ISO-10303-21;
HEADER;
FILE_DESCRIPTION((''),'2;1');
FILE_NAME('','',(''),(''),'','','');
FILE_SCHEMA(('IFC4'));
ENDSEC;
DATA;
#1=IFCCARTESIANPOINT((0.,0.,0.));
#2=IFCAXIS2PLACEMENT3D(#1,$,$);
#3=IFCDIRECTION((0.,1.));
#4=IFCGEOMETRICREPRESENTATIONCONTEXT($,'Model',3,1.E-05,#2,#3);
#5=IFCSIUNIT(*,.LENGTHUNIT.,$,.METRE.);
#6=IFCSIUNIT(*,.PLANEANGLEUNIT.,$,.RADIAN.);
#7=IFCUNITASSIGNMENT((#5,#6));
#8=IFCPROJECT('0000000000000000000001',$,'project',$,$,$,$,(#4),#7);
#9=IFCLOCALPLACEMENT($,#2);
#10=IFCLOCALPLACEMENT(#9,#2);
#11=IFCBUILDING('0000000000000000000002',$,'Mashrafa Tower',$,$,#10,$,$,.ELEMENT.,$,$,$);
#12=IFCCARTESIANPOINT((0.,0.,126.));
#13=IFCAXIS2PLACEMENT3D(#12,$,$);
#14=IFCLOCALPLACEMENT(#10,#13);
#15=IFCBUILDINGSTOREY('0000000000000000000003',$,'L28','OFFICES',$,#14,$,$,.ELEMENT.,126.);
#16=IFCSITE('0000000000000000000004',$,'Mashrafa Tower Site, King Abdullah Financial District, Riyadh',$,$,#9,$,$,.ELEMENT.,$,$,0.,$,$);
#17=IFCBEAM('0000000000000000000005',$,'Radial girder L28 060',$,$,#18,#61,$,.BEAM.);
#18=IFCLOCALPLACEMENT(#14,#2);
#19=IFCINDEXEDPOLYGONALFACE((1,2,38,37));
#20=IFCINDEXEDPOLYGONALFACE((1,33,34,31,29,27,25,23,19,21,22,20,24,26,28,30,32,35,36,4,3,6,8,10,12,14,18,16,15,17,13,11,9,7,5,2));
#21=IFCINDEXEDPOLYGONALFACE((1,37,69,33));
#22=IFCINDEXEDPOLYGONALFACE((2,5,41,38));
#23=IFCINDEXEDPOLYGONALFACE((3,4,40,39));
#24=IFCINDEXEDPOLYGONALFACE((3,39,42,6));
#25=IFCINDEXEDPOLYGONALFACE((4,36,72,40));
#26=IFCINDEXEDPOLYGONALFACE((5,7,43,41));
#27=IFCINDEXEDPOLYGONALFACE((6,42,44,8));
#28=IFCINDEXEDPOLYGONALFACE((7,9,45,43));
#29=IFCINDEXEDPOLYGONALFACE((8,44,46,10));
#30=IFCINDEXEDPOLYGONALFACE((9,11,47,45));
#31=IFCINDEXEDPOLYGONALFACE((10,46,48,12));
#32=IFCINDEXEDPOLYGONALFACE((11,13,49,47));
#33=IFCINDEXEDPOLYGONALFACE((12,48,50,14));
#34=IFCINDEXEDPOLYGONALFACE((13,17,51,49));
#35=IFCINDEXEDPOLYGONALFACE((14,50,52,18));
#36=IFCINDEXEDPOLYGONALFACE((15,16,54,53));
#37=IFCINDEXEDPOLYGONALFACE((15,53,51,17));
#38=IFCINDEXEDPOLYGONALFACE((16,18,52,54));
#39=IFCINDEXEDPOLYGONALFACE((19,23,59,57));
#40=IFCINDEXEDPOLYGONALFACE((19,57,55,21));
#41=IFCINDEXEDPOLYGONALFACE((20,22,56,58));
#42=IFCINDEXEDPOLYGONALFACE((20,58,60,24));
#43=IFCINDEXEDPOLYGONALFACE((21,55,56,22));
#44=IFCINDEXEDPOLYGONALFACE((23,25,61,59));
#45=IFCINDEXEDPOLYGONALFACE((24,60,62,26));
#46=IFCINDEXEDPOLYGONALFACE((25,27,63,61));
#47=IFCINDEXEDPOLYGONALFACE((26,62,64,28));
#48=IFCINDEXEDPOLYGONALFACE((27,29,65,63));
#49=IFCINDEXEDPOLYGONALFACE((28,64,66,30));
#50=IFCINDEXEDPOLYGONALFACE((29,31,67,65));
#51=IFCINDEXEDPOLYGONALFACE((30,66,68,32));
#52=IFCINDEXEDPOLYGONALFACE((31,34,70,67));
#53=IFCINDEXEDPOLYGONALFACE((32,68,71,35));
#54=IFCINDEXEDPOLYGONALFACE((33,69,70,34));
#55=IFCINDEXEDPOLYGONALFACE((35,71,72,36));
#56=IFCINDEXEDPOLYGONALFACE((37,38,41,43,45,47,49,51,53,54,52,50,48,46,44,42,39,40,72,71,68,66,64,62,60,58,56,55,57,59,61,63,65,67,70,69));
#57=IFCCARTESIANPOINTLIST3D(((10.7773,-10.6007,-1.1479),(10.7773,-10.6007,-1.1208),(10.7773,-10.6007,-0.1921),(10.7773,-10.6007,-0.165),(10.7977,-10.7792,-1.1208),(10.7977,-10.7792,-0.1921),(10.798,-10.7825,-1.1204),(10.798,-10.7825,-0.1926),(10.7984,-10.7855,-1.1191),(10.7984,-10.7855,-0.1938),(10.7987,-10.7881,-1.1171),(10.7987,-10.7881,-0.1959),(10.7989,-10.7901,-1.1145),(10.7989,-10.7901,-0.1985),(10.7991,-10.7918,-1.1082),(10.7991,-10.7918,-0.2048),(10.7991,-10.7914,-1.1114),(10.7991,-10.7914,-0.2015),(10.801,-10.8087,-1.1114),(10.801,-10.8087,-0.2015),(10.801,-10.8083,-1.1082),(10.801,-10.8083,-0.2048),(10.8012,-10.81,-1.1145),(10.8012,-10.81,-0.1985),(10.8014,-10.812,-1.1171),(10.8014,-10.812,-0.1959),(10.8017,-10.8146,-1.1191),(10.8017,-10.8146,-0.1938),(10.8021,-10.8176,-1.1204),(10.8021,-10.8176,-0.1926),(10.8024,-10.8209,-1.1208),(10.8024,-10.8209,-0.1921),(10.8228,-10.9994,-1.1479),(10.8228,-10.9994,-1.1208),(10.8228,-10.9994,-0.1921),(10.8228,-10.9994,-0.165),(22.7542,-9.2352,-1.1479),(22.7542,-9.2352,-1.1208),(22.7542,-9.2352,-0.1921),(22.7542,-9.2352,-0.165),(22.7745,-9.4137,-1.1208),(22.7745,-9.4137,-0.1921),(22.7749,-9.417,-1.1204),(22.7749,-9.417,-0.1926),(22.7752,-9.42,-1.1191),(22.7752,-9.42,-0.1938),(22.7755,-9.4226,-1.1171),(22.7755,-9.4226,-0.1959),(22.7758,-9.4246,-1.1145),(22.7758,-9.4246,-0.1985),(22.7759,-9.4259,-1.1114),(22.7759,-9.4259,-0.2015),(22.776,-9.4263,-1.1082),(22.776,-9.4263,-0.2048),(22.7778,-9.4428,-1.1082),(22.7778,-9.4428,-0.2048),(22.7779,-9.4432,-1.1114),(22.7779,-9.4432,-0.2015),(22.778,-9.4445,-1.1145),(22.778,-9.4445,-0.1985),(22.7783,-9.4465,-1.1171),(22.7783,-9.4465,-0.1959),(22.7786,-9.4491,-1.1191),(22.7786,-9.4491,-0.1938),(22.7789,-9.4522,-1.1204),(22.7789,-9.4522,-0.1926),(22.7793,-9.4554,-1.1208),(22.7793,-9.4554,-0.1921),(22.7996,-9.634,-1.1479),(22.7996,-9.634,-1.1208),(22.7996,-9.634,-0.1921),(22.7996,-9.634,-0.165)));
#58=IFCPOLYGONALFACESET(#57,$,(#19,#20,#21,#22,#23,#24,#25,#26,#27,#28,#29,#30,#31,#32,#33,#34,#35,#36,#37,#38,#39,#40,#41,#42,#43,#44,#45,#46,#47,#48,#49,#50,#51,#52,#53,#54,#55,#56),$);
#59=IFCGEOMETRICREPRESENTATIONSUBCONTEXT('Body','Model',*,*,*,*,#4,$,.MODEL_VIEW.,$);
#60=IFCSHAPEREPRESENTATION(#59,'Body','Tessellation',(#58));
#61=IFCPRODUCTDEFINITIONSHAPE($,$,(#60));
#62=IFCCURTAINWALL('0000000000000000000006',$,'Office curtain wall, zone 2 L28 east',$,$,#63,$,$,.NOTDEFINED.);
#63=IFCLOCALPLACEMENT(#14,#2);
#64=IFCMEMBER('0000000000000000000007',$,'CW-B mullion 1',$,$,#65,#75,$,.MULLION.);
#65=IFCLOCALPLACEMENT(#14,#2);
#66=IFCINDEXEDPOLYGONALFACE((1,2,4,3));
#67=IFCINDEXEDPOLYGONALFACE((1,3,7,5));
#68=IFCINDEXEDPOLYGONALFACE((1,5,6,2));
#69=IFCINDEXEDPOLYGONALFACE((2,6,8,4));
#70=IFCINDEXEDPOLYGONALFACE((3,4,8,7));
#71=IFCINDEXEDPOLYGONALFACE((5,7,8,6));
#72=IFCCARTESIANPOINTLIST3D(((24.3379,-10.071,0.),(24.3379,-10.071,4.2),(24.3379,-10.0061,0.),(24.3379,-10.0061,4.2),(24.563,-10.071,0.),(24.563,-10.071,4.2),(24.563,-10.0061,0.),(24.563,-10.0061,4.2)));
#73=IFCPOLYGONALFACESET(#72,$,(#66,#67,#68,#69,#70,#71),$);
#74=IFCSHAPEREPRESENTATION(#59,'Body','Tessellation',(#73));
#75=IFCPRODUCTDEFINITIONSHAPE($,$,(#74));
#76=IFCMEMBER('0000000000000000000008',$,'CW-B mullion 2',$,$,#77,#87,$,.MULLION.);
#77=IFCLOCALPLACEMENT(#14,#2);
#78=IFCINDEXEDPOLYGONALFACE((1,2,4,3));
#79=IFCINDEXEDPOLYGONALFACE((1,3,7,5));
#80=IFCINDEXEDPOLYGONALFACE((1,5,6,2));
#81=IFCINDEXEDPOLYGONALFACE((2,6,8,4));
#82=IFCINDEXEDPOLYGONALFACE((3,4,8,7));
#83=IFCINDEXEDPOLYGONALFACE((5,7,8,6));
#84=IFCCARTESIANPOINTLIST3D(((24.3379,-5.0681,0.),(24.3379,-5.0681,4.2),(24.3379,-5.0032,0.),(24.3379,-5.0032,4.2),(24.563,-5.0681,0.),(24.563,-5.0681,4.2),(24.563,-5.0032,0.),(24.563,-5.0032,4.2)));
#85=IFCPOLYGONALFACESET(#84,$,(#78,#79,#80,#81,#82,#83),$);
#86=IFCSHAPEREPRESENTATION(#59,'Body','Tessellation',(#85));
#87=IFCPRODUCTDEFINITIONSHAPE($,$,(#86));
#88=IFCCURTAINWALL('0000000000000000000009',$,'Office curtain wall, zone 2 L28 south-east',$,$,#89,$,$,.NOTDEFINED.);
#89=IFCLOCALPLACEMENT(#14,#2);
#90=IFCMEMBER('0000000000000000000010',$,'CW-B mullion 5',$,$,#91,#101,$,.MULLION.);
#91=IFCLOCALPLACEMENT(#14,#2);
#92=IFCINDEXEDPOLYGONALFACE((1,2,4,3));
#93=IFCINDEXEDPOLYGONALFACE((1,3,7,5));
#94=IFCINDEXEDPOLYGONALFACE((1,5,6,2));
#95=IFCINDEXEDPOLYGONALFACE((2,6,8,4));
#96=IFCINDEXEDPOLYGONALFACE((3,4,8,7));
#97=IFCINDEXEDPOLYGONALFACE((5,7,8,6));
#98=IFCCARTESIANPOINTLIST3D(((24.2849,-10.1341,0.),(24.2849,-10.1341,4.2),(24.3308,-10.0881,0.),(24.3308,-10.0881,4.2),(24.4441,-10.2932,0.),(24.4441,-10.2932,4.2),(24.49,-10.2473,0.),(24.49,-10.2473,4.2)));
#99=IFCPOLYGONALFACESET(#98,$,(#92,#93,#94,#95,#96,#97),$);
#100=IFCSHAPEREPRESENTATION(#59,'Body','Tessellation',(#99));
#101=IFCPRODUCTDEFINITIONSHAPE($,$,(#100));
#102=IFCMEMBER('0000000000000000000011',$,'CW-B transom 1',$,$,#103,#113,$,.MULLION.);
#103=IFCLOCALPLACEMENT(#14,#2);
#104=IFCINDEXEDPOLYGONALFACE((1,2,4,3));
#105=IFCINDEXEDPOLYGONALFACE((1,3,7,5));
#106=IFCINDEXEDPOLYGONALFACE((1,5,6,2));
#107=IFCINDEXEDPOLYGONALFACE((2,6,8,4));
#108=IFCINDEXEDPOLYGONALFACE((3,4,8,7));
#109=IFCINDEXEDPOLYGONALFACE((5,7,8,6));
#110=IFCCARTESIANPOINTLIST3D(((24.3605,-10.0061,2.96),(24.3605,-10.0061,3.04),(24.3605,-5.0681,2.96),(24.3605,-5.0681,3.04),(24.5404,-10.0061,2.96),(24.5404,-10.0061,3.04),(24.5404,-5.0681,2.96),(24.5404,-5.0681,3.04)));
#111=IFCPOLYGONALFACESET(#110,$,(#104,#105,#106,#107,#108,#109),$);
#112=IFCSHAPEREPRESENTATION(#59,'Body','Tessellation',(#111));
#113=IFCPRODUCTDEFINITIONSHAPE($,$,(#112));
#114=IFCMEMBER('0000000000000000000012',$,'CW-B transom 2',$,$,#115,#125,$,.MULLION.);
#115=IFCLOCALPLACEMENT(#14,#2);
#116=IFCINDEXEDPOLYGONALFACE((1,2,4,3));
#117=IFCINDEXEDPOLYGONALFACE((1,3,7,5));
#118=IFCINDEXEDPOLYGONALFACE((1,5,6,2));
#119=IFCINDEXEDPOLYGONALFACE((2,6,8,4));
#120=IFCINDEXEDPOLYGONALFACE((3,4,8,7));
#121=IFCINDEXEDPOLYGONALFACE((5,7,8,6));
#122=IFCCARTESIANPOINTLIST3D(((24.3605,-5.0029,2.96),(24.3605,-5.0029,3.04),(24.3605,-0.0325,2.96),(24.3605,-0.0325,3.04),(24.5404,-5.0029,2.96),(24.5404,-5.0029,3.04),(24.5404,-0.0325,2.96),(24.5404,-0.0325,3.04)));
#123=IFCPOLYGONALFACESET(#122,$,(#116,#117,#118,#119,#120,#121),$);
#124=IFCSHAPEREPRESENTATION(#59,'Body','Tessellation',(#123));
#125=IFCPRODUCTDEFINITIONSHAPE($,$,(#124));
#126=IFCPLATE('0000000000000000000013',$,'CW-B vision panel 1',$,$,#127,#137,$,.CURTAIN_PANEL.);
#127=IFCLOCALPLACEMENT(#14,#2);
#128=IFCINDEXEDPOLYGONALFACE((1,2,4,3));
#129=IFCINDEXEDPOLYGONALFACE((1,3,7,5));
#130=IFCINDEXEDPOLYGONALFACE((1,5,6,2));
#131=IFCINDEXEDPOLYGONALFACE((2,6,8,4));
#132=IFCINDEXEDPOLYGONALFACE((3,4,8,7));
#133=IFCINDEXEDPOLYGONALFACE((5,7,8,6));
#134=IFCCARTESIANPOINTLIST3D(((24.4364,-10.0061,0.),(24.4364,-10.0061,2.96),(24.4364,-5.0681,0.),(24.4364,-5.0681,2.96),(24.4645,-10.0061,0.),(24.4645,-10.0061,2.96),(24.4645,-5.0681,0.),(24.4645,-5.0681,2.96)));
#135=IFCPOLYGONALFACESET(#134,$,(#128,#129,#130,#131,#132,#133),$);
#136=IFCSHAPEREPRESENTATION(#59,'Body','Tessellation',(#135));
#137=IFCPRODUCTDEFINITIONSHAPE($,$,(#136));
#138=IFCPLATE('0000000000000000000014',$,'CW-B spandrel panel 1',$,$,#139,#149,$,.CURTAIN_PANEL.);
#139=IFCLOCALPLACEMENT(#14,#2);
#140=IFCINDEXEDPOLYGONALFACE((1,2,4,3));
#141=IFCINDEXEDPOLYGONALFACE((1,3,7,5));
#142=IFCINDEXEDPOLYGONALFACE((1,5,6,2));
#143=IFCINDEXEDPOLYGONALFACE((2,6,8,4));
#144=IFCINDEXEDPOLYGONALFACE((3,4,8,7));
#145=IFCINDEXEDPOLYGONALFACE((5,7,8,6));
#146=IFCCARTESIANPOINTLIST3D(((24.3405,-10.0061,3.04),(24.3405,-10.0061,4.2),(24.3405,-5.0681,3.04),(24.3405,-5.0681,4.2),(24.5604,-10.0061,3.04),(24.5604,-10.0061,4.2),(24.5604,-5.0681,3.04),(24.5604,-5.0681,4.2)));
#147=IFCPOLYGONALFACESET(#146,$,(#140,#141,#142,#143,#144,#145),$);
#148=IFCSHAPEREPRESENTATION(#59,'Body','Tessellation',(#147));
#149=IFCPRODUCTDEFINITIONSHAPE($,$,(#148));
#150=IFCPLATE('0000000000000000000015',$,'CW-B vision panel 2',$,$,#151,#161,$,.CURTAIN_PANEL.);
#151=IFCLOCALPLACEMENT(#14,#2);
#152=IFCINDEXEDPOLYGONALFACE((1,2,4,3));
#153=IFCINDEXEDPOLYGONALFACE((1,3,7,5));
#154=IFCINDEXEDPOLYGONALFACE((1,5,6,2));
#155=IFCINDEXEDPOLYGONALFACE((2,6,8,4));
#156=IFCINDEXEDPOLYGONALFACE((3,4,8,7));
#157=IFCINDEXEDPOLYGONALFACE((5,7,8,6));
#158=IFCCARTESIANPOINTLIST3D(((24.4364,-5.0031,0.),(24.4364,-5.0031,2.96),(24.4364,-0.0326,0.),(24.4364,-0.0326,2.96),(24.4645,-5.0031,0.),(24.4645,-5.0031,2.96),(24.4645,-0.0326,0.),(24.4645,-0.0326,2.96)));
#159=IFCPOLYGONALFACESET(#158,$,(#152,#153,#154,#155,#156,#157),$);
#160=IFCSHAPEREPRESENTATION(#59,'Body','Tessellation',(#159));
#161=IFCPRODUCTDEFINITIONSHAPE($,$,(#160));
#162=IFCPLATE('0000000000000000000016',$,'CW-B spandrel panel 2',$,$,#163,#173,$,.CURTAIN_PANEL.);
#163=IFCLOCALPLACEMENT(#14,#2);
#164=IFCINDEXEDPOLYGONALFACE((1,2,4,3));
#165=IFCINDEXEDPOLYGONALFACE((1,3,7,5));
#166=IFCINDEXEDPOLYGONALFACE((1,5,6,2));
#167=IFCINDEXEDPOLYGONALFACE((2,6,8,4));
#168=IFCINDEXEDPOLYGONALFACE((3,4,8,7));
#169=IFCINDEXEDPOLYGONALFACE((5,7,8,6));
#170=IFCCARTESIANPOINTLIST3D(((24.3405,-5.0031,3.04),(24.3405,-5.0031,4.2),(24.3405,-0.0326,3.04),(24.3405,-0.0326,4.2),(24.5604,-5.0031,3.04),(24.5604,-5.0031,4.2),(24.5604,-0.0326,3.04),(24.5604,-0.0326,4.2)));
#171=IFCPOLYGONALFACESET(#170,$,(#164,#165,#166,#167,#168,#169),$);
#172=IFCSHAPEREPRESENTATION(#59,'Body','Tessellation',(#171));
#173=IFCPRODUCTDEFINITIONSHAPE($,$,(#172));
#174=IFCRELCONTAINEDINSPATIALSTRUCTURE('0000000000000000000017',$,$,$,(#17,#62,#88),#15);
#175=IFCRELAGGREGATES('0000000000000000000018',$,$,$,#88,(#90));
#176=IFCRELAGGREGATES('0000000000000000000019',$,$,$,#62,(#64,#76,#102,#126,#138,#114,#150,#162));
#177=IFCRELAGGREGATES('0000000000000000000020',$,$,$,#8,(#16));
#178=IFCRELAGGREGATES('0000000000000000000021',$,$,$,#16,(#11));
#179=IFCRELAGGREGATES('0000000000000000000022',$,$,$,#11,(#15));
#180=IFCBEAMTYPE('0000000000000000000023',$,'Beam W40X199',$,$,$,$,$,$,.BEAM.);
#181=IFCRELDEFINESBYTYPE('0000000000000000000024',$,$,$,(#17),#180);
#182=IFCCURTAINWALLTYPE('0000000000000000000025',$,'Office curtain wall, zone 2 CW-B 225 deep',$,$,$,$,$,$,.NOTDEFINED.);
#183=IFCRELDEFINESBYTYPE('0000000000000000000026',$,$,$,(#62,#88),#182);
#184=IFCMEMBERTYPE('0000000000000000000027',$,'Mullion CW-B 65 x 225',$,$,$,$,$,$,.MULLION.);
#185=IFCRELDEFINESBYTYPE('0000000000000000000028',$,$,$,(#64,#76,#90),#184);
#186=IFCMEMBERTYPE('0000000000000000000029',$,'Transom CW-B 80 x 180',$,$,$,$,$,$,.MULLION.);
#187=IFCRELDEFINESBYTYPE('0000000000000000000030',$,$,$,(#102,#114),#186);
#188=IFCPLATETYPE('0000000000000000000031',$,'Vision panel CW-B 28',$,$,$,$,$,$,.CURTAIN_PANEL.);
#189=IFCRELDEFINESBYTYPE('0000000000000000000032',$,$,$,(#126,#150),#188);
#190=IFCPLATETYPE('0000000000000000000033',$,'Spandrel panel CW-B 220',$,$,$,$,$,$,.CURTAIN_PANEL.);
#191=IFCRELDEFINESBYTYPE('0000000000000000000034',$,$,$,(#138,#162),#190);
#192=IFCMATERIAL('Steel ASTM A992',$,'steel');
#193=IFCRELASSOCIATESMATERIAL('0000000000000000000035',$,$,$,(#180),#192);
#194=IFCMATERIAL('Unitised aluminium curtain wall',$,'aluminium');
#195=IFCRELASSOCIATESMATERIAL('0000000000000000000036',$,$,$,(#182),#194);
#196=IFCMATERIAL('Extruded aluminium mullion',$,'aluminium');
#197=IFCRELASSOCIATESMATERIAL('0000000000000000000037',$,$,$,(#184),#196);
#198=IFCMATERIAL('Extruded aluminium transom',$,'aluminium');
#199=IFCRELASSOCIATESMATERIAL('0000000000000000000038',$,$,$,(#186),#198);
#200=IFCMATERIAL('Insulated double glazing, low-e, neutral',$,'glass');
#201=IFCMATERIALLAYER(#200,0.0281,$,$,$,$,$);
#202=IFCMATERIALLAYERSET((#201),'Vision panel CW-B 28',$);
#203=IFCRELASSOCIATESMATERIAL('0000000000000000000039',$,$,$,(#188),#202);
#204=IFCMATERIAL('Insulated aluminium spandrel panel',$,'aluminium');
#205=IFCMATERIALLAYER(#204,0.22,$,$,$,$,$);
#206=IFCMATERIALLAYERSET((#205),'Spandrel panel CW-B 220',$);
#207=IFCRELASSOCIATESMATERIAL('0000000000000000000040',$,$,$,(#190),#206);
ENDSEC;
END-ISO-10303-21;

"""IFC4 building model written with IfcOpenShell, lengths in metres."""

from ifc_helpers import new_model, si_unit, direction, frame, origin, origin_2d, place, context, subcontext, project, spatial, rectangle, i_section, extrude, source, transform, mapped, material, layer, layer_set, material_profile, profile_set, type_object, type_shapes, element, aggregate, save


model = new_model("IFC4")

# Units and contexts
model_context = context("Model", 3, precision=1e-05, world=origin(), true_north=direction((0.0, 1.0)))
body_context = subcontext(model_context, "Body", "Model", "MODEL_VIEW")
ifc_project = project(units=[si_unit("LENGTHUNIT", "METRE"), si_unit("PLANEANGLEUNIT", "RADIAN")], contexts=[model_context])

# Site, building, storey
site_placement = place(None, origin())
site = spatial("IfcSite", under=ifc_project, at=site_placement, Name="Mashrafa Tower Site, King Abdullah Financial District, Riyadh", CompositionType="ELEMENT", RefElevation=0.0)
building_placement = place(site_placement, origin())
building = spatial("IfcBuilding", under=site, at=building_placement, Name="Mashrafa Tower", CompositionType="ELEMENT")
storey_placement = place(building_placement, frame((0.0, 0.0, 126.0)))
storey = spatial("IfcBuildingStorey", under=building, at=storey_placement, Name="L28", Description="OFFICES", CompositionType="ELEMENT", Elevation=126.0)

# Beam
ifc_material_1 = material(Name="Steel ASTM A992", Category="steel")
ifc_material_profile_1 = material_profile(ifc_material_1, i_section(OverallWidth=0.4014, OverallDepth=0.9829, WebThickness=0.0166, FlangeThickness=0.0271, FilletRadius=0.0127, at=origin_2d()), Name="W40X199")
ifc_profile_set_1 = profile_set([ifc_material_profile_1], Name="Steel ASTM A992")
beam_type_1 = type_object("IfcBeamType", Name="Beam W40X199", PredefinedType="BEAM", material=ifc_profile_set_1)
beam_1_placement = place(storey_placement, frame((10.8, -10.8, -0.6565), z_axis=(0.993564, 0.113276, 0.0), x_axis=(-0.113276, 0.993564, 0.0)))
element("IfcBeam", 1, at=beam_1_placement, inside=storey, type_object=beam_type_1, Name="Radial girder L28 060", PredefinedType="BEAM", context=body_context, shape_type="SweptSolid", body=[
    extrude(i_section(OverallWidth=0.4014, OverallDepth=0.9829, WebThickness=0.0166, FlangeThickness=0.0271, FilletRadius=0.0127, at=origin_2d()), origin(), (0.0, 0.0, 1.0), 12.0544),
])

# Curtain wall, members
ifc_material_2 = material(Name="Unitised aluminium curtain wall", Category="aluminium")
curtain_wall_type = type_object("IfcCurtainWallType", Name="Office curtain wall, zone 2 CW-B 225 deep", PredefinedType="NOTDEFINED", material=ifc_material_2)
curtain_wall_1_placement = place(storey_placement, origin())
curtain_wall_1 = element("IfcCurtainWall", 2, at=curtain_wall_1_placement, inside=storey, type_object=curtain_wall_type, Name="Office curtain wall, zone 2 L28 east", PredefinedType="NOTDEFINED")
ifc_material_3 = material(Name="Extruded aluminium mullion", Category="aluminium")
ifc_material_profile_2 = material_profile(ifc_material_3, rectangle(XDim=0.2251, YDim=0.0649, at=origin_2d()), Name="Mullion 65x225")
ifc_profile_set_2 = profile_set([ifc_material_profile_2], Name="Extruded aluminium mullion")
member_type_1 = type_object("IfcMemberType", Name="Mullion CW-B 65 x 225", PredefinedType="MULLION", material=ifc_profile_set_2)
shared_shape_1 = source(origin(), body_context, "Body", "SweptSolid", [
    extrude(rectangle(XDim=0.2251, YDim=0.0649, at=origin_2d()), origin(), (0.0, 0.0, 1.0), 4.2),
])
type_shapes(member_type_1, [shared_shape_1])
member_1_placement = place(storey_placement, frame((24.4504, -10.0386, 0.0), z_axis=(0.0, 0.0, 1.0), x_axis=(-1.0, 0.0, 0.0)))
member_1 = element("IfcMember", 3, at=member_1_placement, type_object=member_type_1, Name="CW-B mullion 1", PredefinedType="MULLION", context=body_context, shape_type="MappedRepresentation", body=[
    mapped(shared_shape_1, transform((0.0, 0.0, 0.0))),
])
member_2_placement = place(storey_placement, frame((24.4504, -5.0356, 0.0), z_axis=(0.0, 0.0, 1.0), x_axis=(-1.0, 0.0, 0.0)))
member_2 = element("IfcMember", 4, at=member_2_placement, type_object=member_type_1, Name="CW-B mullion 2", PredefinedType="MULLION", context=body_context, shape_type="MappedRepresentation", body=[
    mapped(shared_shape_1, transform((0.0, 0.0, 0.0))),
])

# Curtain wall, member
curtain_wall_2_placement = place(storey_placement, origin())
curtain_wall_2 = element("IfcCurtainWall", 5, at=curtain_wall_2_placement, inside=storey, type_object=curtain_wall_type, Name="Office curtain wall, zone 2 L28 south-east", PredefinedType="NOTDEFINED")
member_3_placement = place(storey_placement, frame((24.3875, -10.1907, 0.0), z_axis=(0.0, 0.0, 1.0), x_axis=(-0.707107, 0.707107, 0.0)))
member_3 = element("IfcMember", 6, at=member_3_placement, type_object=member_type_1, Name="CW-B mullion 5", PredefinedType="MULLION", context=body_context, shape_type="MappedRepresentation", body=[
    mapped(shared_shape_1, transform((0.0, 0.0, 0.0))),
])
aggregate(curtain_wall_2, [member_3])

# Members
ifc_material_4 = material(Name="Extruded aluminium transom", Category="aluminium")
ifc_material_profile_3 = material_profile(ifc_material_4, rectangle(XDim=0.1799, YDim=0.0801, at=origin_2d()), Name="Transom 80x180")
ifc_profile_set_3 = profile_set([ifc_material_profile_3], Name="Extruded aluminium transom")
member_type_2 = type_object("IfcMemberType", Name="Transom CW-B 80 x 180", PredefinedType="MULLION", material=ifc_profile_set_3)
shared_shape_2 = source(origin(), body_context, "Body", "SweptSolid", [
    extrude(rectangle(XDim=0.1799, YDim=0.0801, at=origin_2d()), origin(), (0.0, 0.0, 1.0), 4.938),
])
member_4_placement = place(storey_placement, frame((24.4504, -10.0061, 3.0), z_axis=(0.0, 1.0, 0.0), x_axis=(-1.0, 0.0, 0.0)))
member_4 = element("IfcMember", 7, at=member_4_placement, type_object=member_type_2, Name="CW-B transom 1", PredefinedType="MULLION", context=body_context, shape_type="MappedRepresentation", body=[
    mapped(shared_shape_2, transform((0.0, 0.0, 0.0))),
])
shared_shape_3 = source(origin(), body_context, "Body", "SweptSolid", [
    extrude(rectangle(XDim=0.1799, YDim=0.0801, at=origin_2d()), origin(), (0.0, 0.0, 1.0), 4.9705),
])
type_shapes(member_type_2, [shared_shape_2, shared_shape_3])
member_5_placement = place(storey_placement, frame((24.4504, -5.0029, 3.0), z_axis=(0.0, 1.0, 0.0), x_axis=(-1.0, 0.0, 0.0)))
member_5 = element("IfcMember", 8, at=member_5_placement, type_object=member_type_2, Name="CW-B transom 2", PredefinedType="MULLION", context=body_context, shape_type="MappedRepresentation", body=[
    mapped(shared_shape_3, transform((0.0, 0.0, 0.0))),
])

# Plates
ifc_material_5 = material(Name="Insulated double glazing, low-e, neutral", Category="glass")
ifc_layer_1 = layer(ifc_material_5, 0.0281)
ifc_layer_set_1 = layer_set([ifc_layer_1], Name="Vision panel CW-B 28")
plate_type_1 = type_object("IfcPlateType", Name="Vision panel CW-B 28", PredefinedType="CURTAIN_PANEL", material=ifc_layer_set_1)
shared_shape_4 = source(origin(), body_context, "Body", "SweptSolid", [
    extrude(rectangle(XDim=4.938, YDim=0.0281, at=origin_2d()), origin(), (0.0, 0.0, 1.0), 2.96),
])
plate_1_placement = place(storey_placement, frame((24.4504, -7.5371, 0.0), z_axis=(0.0, 0.0, 1.0), x_axis=(0.0, 1.0, 0.0)))
plate_1 = element("IfcPlate", 9, at=plate_1_placement, type_object=plate_type_1, Name="CW-B vision panel 1", PredefinedType="CURTAIN_PANEL", context=body_context, shape_type="MappedRepresentation", body=[
    mapped(shared_shape_4, transform((0.0, 0.0, 0.0))),
])
ifc_material_6 = material(Name="Insulated aluminium spandrel panel", Category="aluminium")
ifc_layer_2 = layer(ifc_material_6, 0.22)
ifc_layer_set_2 = layer_set([ifc_layer_2], Name="Spandrel panel CW-B 220")
plate_type_2 = type_object("IfcPlateType", Name="Spandrel panel CW-B 220", PredefinedType="CURTAIN_PANEL", material=ifc_layer_set_2)
shared_shape_5 = source(origin(), body_context, "Body", "SweptSolid", [
    extrude(rectangle(XDim=4.938, YDim=0.22, at=origin_2d()), origin(), (0.0, 0.0, 1.0), 1.1599),
])
plate_2_placement = place(storey_placement, frame((24.4504, -7.5371, 3.04), z_axis=(0.0, 0.0, 1.0), x_axis=(0.0, 1.0, 0.0)))
plate_2 = element("IfcPlate", 10, at=plate_2_placement, type_object=plate_type_2, Name="CW-B spandrel panel 1", PredefinedType="CURTAIN_PANEL", context=body_context, shape_type="MappedRepresentation", body=[
    mapped(shared_shape_5, transform((0.0, 0.0, 0.0))),
])
shared_shape_6 = source(origin(), body_context, "Body", "SweptSolid", [
    extrude(rectangle(XDim=4.9705, YDim=0.0281, at=origin_2d()), origin(), (0.0, 0.0, 1.0), 2.96),
])
type_shapes(plate_type_1, [shared_shape_4, shared_shape_6])
plate_3_placement = place(storey_placement, frame((24.4504, -2.5178, 0.0), z_axis=(0.0, 0.0, 1.0), x_axis=(0.0, 1.0, 0.0)))
plate_3 = element("IfcPlate", 11, at=plate_3_placement, type_object=plate_type_1, Name="CW-B vision panel 2", PredefinedType="CURTAIN_PANEL", context=body_context, shape_type="MappedRepresentation", body=[
    mapped(shared_shape_6, transform((0.0, 0.0, 0.0))),
])
shared_shape_7 = source(origin(), body_context, "Body", "SweptSolid", [
    extrude(rectangle(XDim=4.9705, YDim=0.22, at=origin_2d()), origin(), (0.0, 0.0, 1.0), 1.1599),
])
type_shapes(plate_type_2, [shared_shape_5, shared_shape_7])
plate_4_placement = place(storey_placement, frame((24.4504, -2.5178, 3.04), z_axis=(0.0, 0.0, 1.0), x_axis=(0.0, 1.0, 0.0)))
plate_4 = element("IfcPlate", 12, at=plate_4_placement, type_object=plate_type_2, Name="CW-B spandrel panel 2", PredefinedType="CURTAIN_PANEL", context=body_context, shape_type="MappedRepresentation", body=[
    mapped(shared_shape_7, transform((0.0, 0.0, 0.0))),
])
aggregate(curtain_wall_1, [member_1, member_2, member_4, plate_1, plate_2, member_5, plate_3, plate_4])

save(model, "model.ifc")
